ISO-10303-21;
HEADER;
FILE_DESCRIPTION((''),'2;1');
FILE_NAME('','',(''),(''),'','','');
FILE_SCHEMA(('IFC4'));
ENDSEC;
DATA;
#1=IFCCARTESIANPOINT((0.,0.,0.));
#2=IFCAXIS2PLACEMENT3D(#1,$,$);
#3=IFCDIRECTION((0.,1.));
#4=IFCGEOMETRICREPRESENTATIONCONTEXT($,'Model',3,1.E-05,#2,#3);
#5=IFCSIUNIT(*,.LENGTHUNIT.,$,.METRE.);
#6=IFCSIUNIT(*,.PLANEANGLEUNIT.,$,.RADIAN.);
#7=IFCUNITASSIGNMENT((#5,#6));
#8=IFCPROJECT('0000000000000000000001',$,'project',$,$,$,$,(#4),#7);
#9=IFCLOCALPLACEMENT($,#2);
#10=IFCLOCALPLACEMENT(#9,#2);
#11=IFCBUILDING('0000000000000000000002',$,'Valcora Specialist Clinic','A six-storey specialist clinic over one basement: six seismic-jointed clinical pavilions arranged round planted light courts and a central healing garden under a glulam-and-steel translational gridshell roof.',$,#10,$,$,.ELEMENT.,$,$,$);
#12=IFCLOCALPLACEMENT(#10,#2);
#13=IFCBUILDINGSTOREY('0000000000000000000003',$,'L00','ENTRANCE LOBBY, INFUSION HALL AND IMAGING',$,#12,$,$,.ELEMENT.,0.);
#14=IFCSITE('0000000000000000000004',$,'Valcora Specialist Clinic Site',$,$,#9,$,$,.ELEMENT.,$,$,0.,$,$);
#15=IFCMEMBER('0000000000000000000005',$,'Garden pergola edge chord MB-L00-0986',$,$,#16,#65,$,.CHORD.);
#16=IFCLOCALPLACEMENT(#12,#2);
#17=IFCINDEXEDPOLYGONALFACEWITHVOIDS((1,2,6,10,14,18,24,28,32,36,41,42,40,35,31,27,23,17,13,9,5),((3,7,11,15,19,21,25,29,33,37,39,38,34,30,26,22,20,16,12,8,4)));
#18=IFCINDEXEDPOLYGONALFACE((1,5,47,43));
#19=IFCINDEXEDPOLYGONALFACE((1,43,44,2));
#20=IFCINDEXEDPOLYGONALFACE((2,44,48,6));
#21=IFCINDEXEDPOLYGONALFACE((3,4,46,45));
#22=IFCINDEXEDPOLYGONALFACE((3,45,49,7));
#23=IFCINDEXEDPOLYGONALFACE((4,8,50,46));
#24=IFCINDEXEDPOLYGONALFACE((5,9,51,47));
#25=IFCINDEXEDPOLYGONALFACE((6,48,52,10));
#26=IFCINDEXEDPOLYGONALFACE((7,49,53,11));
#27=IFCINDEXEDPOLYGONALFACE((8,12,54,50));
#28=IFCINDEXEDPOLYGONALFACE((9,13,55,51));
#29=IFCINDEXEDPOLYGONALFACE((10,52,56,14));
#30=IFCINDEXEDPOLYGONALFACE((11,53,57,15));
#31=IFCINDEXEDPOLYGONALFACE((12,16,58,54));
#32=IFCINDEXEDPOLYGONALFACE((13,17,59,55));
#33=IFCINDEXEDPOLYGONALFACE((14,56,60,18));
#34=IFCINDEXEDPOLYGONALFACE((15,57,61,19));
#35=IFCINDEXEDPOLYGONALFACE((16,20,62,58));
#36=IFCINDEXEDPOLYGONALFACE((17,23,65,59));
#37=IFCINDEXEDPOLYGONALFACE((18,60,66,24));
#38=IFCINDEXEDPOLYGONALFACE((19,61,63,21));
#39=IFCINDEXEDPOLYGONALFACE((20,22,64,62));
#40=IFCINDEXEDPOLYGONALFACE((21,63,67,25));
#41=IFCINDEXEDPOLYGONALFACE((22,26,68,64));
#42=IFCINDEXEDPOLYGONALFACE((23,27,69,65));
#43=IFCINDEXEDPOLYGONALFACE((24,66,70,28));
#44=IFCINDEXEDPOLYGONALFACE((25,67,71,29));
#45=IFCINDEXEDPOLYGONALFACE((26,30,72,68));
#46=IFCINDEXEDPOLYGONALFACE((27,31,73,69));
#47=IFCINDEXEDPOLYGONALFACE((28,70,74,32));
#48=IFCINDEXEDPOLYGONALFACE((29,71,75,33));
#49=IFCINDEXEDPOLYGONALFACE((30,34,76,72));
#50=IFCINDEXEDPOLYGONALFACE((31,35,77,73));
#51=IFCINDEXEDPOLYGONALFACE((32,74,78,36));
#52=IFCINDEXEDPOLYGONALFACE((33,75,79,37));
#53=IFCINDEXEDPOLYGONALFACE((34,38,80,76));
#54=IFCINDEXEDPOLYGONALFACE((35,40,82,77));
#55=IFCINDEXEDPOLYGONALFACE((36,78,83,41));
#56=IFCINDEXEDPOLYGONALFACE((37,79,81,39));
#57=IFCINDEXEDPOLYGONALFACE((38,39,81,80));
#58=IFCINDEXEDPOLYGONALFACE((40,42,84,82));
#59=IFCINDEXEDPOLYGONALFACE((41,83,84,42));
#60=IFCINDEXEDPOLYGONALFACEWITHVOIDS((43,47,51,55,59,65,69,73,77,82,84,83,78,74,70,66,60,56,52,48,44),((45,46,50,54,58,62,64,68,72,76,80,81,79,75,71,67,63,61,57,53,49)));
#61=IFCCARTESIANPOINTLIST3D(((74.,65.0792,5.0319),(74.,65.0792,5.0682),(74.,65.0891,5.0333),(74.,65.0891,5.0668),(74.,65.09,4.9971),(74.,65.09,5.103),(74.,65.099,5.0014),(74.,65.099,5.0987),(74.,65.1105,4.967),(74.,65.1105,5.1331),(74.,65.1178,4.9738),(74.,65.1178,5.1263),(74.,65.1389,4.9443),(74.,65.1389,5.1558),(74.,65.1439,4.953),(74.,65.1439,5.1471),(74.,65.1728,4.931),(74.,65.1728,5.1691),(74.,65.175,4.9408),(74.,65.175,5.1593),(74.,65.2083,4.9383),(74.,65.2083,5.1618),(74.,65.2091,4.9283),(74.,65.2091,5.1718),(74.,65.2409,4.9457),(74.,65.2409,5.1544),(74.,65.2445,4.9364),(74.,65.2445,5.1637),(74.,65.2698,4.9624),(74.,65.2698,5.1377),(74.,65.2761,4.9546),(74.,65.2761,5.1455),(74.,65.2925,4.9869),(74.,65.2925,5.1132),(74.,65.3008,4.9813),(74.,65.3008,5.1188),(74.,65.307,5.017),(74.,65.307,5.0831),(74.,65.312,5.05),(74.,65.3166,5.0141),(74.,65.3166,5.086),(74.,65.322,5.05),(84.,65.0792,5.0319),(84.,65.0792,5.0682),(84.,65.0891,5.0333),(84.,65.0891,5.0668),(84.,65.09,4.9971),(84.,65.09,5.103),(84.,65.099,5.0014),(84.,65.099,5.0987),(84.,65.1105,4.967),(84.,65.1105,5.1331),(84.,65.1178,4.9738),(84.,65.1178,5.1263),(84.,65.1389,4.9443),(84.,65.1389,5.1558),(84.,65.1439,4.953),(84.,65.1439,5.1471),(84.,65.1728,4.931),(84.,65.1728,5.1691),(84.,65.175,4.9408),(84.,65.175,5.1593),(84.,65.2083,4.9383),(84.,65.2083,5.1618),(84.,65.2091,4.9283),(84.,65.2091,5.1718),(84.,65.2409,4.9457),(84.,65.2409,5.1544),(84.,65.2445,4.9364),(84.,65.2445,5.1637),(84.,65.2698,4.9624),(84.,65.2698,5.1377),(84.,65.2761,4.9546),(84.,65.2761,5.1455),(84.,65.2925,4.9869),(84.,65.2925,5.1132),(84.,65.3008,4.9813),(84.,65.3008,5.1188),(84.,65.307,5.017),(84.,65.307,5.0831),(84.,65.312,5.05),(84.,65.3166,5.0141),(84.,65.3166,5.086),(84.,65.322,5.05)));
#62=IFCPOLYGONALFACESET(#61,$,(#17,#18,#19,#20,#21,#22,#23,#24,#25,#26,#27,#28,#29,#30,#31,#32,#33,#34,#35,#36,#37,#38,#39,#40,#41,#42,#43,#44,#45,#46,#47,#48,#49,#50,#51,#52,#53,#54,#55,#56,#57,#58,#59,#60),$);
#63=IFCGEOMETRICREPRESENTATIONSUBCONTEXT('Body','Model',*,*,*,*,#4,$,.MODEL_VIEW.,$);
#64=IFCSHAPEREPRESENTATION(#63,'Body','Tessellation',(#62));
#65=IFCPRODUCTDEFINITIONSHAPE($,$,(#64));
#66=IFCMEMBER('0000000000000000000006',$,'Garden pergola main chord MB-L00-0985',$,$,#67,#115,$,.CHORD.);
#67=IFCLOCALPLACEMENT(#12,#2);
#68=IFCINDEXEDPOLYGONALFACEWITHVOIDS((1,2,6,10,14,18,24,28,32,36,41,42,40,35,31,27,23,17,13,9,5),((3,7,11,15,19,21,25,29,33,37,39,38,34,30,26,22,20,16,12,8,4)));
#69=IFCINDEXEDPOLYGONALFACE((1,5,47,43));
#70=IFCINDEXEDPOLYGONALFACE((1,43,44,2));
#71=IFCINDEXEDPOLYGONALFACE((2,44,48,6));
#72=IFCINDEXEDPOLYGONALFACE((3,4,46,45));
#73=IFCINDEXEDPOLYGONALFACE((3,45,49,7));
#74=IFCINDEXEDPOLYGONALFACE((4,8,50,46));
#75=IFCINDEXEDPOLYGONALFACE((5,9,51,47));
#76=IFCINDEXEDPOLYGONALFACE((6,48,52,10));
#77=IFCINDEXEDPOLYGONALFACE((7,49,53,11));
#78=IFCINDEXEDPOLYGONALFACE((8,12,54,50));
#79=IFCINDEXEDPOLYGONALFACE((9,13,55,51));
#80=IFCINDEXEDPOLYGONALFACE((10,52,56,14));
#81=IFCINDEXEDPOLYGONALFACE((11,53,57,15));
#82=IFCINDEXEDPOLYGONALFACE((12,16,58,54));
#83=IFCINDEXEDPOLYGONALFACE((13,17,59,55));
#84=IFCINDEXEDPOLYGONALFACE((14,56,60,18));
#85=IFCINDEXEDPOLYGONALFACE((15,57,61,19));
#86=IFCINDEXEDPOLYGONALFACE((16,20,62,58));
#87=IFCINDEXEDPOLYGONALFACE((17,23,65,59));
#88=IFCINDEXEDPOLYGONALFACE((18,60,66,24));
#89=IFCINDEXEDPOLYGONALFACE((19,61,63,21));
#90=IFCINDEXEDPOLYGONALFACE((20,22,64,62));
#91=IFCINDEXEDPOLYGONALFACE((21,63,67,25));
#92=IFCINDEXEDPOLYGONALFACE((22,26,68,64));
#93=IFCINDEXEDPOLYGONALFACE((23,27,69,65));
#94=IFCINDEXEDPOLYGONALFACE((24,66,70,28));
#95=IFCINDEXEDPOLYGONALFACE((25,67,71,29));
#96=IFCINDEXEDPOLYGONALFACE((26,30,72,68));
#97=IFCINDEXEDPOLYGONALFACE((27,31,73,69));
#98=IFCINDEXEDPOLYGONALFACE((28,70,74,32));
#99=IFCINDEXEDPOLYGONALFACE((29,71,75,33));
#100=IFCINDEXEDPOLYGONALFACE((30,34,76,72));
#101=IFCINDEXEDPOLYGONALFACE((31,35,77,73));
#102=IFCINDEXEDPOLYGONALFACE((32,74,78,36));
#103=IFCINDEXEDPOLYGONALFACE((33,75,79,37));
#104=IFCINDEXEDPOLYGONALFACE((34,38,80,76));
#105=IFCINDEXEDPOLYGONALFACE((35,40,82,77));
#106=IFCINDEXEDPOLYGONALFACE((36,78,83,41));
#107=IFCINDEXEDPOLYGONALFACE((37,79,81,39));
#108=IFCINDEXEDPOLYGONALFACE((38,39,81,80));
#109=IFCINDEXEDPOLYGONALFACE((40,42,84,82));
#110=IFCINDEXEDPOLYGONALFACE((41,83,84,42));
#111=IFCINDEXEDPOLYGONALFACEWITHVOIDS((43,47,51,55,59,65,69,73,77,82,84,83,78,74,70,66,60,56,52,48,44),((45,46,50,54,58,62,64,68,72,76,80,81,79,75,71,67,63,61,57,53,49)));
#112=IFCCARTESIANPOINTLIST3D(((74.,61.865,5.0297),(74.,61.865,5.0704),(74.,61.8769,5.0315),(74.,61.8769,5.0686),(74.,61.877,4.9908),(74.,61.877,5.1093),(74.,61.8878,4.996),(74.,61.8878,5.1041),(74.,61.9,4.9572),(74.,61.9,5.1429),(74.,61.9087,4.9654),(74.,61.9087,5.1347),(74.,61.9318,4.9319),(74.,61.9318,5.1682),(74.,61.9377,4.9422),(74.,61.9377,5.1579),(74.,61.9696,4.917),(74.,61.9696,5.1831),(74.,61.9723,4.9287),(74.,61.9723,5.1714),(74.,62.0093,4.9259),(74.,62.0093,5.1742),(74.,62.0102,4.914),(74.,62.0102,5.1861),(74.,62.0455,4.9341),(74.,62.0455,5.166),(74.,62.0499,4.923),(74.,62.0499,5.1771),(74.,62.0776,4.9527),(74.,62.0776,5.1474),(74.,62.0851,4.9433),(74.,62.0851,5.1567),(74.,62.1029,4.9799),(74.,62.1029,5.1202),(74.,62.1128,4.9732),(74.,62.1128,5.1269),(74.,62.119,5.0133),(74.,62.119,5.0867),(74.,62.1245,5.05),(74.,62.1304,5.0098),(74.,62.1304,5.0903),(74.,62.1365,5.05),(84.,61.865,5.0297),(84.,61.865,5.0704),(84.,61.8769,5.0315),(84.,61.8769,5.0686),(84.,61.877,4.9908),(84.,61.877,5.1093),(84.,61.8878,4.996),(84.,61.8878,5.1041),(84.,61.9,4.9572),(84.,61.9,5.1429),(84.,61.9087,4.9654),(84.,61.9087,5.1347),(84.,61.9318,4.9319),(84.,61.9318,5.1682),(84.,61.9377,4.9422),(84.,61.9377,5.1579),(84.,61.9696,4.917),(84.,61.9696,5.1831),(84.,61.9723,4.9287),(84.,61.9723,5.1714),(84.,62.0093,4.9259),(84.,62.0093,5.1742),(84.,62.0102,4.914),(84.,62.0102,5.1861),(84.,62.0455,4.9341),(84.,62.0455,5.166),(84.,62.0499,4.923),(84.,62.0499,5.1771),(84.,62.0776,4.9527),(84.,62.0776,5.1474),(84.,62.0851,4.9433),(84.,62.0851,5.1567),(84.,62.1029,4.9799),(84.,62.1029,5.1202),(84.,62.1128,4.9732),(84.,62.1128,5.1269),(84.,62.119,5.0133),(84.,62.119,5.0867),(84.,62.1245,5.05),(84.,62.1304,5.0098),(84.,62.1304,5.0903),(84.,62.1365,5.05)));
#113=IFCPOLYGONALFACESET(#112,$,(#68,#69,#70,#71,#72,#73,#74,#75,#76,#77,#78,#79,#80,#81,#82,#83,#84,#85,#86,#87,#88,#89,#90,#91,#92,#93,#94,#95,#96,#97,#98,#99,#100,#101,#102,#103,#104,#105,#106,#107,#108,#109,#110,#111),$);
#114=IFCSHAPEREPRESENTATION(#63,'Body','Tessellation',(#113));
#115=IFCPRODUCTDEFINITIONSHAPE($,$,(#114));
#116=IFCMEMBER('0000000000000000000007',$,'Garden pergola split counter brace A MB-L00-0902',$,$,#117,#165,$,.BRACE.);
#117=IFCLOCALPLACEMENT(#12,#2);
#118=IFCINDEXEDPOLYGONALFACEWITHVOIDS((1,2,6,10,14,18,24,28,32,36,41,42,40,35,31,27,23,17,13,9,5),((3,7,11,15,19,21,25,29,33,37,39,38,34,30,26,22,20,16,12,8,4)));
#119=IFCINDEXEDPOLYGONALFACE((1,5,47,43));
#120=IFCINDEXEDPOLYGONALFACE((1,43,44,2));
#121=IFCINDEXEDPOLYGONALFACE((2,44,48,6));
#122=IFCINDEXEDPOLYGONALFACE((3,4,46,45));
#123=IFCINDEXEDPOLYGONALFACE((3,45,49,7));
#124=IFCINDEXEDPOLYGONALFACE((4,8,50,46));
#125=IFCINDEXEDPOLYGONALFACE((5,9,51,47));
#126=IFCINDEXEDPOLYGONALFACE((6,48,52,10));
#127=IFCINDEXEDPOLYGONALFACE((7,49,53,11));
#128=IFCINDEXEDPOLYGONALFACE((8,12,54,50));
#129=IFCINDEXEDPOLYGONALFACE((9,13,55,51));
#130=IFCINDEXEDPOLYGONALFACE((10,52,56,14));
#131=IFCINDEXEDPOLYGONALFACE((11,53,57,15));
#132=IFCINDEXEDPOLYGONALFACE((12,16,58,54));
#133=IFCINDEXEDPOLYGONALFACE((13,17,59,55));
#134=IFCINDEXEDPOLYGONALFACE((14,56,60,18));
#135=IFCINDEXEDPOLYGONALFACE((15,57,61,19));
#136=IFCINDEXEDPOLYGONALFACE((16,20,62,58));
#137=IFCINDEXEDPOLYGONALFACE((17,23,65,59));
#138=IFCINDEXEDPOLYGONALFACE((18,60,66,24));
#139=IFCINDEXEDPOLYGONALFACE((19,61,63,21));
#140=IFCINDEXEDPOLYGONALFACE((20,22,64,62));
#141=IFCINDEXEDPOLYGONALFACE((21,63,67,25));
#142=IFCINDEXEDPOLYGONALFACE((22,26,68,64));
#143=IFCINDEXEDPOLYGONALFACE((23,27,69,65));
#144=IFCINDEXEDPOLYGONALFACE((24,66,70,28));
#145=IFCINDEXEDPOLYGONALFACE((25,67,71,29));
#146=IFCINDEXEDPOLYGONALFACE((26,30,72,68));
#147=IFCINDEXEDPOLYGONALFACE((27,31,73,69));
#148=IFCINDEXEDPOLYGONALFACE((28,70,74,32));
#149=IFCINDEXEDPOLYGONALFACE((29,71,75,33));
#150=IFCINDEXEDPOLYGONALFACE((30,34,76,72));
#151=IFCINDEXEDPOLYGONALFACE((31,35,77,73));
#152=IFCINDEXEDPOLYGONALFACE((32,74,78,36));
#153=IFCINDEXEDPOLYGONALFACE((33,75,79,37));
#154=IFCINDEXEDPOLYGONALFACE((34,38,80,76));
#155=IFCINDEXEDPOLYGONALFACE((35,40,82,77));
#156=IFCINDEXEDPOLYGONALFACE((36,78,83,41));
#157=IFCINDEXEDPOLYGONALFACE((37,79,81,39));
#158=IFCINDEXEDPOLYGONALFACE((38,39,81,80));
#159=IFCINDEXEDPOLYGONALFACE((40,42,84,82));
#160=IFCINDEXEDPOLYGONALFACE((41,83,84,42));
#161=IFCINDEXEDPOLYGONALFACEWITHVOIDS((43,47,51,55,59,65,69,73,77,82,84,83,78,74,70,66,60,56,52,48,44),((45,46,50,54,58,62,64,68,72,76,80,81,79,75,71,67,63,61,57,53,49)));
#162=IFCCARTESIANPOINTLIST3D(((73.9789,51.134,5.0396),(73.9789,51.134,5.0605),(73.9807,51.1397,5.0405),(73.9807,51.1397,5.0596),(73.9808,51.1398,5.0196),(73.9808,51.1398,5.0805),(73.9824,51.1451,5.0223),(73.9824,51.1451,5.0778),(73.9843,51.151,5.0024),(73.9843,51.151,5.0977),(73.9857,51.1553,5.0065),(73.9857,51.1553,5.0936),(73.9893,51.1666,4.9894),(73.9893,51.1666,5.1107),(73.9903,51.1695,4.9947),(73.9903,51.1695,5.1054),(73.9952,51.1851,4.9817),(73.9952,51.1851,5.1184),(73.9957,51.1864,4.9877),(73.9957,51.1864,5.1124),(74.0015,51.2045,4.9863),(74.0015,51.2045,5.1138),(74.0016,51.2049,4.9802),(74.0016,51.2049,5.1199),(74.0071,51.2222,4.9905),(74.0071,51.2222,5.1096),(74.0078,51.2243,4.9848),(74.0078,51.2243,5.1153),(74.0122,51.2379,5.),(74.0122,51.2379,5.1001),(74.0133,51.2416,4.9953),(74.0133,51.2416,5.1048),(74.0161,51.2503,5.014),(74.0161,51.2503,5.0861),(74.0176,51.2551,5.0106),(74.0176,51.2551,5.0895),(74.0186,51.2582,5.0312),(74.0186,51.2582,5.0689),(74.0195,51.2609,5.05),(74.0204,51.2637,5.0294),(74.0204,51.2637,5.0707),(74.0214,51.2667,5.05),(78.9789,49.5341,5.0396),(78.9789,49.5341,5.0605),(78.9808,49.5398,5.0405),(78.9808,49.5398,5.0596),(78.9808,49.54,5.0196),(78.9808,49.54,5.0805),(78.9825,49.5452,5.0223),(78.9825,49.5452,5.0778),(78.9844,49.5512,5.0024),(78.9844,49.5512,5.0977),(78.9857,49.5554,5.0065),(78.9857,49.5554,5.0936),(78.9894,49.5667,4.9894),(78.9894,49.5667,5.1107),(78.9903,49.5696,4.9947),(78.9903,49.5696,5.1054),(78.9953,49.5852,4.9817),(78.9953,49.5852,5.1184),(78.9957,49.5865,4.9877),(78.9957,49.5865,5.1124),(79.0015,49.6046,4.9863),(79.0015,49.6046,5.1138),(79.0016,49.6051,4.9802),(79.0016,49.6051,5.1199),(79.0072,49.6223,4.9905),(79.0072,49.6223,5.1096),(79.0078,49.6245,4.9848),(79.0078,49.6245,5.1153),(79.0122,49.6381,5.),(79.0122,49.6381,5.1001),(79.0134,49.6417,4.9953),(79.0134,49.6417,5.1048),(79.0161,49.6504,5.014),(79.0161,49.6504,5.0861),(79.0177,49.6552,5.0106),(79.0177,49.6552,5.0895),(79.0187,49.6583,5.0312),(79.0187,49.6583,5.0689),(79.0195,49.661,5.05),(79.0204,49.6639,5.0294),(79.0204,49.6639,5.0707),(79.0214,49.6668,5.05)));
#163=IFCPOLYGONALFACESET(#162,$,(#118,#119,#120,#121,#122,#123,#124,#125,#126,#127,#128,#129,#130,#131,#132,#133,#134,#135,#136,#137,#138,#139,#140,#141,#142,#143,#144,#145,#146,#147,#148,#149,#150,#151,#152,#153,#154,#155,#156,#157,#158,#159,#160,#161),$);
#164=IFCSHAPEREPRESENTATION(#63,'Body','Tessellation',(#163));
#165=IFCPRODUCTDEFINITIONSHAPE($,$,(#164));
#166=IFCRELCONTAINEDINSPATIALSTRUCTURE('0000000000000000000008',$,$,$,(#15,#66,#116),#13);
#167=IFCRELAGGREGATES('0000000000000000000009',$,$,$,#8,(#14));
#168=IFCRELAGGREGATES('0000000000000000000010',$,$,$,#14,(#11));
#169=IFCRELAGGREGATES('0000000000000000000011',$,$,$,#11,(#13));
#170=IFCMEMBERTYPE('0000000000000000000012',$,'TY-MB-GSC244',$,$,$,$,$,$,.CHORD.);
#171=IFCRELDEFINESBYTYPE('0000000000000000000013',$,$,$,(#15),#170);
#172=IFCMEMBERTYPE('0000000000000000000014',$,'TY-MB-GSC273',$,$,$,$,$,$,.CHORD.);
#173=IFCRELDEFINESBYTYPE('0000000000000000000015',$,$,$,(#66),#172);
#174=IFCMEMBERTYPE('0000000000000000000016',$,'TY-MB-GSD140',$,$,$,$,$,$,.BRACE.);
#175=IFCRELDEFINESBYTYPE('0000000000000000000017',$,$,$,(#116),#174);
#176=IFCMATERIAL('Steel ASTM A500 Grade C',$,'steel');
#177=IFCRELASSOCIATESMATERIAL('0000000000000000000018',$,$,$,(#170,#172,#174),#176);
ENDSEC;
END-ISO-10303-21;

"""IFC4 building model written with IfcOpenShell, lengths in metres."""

from ifc_helpers import new_model, si_unit, direction, frame, origin, origin_2d, place, context, subcontext, project, spatial, hollow_circle, extrude, material, material_profile, profile_set, type_object, element, save


model = new_model("IFC4")

# Units and contexts
model_context = context("Model", 3, precision=1e-05, world=origin(), true_north=direction((0.0, 1.0)))
body_context = subcontext(model_context, "Body", "Model", "MODEL_VIEW")
ifc_project = project(units=[si_unit("LENGTHUNIT", "METRE"), si_unit("PLANEANGLEUNIT", "RADIAN")], contexts=[model_context])

# Site, building, storey
site_placement = place(None, origin())
site = spatial("IfcSite", under=ifc_project, at=site_placement, Name="Valcora Specialist Clinic Site", CompositionType="ELEMENT", RefElevation=0.0)
building_placement = place(site_placement, origin())
building = spatial("IfcBuilding", under=site, at=building_placement, Name="Valcora Specialist Clinic", Description="A six-storey specialist clinic over one basement: six seismic-jointed clinical pavilions arranged round planted light courts and a central healing garden under a glulam-and-steel translational gridshell roof.", CompositionType="ELEMENT")
storey_placement = place(building_placement, origin())
storey = spatial("IfcBuildingStorey", under=building, at=storey_placement, Name="L00", Description="ENTRANCE LOBBY, INFUSION HALL AND IMAGING", CompositionType="ELEMENT", Elevation=0.0)

# Shared definitions
ifc_material_1 = material(Name="Steel ASTM A500 Grade C", Category="steel")

# Members
ifc_material_profile_1 = material_profile(ifc_material_1, hollow_circle(Radius=0.1221, WallThickness=0.01, at=origin_2d()), Name="ST-CHS-244X10")
ifc_profile_set_1 = profile_set([ifc_material_profile_1], Name="Steel ASTM A500 Grade C")
member_type_1 = type_object("IfcMemberType", Name="TY-MB-GSC244", PredefinedType="CHORD", material=ifc_profile_set_1)
for number, where, z_axis, x_axis, name in (
    (1, (74.0, 65.2, 5.05), (1.0, 0.0, 0.0), (0.0, 1.0, 0.0), "Garden pergola edge chord MB-L00-0986"),
):
    element("IfcMember", number, at=place(storey_placement, frame(where, z_axis=z_axis, x_axis=x_axis)), inside=storey, type_object=member_type_1, Name=name, PredefinedType="CHORD", context=body_context, shape_type="SweptSolid", body=[
        extrude(hollow_circle(Radius=0.1221, WallThickness=0.01, at=origin_2d()), origin(), (0.0, 0.0, 1.0), 10.0),
    ])
ifc_material_profile_2 = material_profile(ifc_material_1, hollow_circle(Radius=0.1365, WallThickness=0.012, at=origin_2d()), Name="ST-CHS-273X12")
ifc_profile_set_2 = profile_set([ifc_material_profile_2], Name="Steel ASTM A500 Grade C")
member_type_2 = type_object("IfcMemberType", Name="TY-MB-GSC273", PredefinedType="CHORD", material=ifc_profile_set_2)
member_1_placement = place(storey_placement, frame((74.0, 62.0, 5.05), z_axis=(1.0, 0.0, 0.0), x_axis=(0.0, 1.0, 0.0)))
element("IfcMember", 2, at=member_1_placement, inside=storey, type_object=member_type_2, Name="Garden pergola main chord MB-L00-0985", PredefinedType="CHORD", context=body_context, shape_type="SweptSolid", body=[
    extrude(hollow_circle(Radius=0.1365, WallThickness=0.012, at=origin_2d()), origin(), (0.0, 0.0, 1.0), 10.0),
])
ifc_material_profile_3 = material_profile(ifc_material_1, hollow_circle(Radius=0.0701, WallThickness=0.0061, at=origin_2d()), Name="ST-CHS-140X6")
ifc_profile_set_3 = profile_set([ifc_material_profile_3], Name="Steel ASTM A500 Grade C")
member_type_3 = type_object("IfcMemberType", Name="TY-MB-GSD140", PredefinedType="BRACE", material=ifc_profile_set_3)
for number, where, z_axis, x_axis, name in (
    (3, (74.0, 51.2, 5.05), (0.952432, -0.30475, 0.0), (0.30475, 0.952432, 0.0), "Garden pergola split counter brace A MB-L00-0902"),
):
    element("IfcMember", number, at=place(storey_placement, frame(where, z_axis=z_axis, x_axis=x_axis)), inside=storey, type_object=member_type_3, Name=name, PredefinedType="BRACE", context=body_context, shape_type="SweptSolid", body=[
        extrude(hollow_circle(Radius=0.0701, WallThickness=0.0061, at=origin_2d()), origin(), (0.0, 0.0, 1.0), 5.2498),
    ])

save(model, "model.ifc")
